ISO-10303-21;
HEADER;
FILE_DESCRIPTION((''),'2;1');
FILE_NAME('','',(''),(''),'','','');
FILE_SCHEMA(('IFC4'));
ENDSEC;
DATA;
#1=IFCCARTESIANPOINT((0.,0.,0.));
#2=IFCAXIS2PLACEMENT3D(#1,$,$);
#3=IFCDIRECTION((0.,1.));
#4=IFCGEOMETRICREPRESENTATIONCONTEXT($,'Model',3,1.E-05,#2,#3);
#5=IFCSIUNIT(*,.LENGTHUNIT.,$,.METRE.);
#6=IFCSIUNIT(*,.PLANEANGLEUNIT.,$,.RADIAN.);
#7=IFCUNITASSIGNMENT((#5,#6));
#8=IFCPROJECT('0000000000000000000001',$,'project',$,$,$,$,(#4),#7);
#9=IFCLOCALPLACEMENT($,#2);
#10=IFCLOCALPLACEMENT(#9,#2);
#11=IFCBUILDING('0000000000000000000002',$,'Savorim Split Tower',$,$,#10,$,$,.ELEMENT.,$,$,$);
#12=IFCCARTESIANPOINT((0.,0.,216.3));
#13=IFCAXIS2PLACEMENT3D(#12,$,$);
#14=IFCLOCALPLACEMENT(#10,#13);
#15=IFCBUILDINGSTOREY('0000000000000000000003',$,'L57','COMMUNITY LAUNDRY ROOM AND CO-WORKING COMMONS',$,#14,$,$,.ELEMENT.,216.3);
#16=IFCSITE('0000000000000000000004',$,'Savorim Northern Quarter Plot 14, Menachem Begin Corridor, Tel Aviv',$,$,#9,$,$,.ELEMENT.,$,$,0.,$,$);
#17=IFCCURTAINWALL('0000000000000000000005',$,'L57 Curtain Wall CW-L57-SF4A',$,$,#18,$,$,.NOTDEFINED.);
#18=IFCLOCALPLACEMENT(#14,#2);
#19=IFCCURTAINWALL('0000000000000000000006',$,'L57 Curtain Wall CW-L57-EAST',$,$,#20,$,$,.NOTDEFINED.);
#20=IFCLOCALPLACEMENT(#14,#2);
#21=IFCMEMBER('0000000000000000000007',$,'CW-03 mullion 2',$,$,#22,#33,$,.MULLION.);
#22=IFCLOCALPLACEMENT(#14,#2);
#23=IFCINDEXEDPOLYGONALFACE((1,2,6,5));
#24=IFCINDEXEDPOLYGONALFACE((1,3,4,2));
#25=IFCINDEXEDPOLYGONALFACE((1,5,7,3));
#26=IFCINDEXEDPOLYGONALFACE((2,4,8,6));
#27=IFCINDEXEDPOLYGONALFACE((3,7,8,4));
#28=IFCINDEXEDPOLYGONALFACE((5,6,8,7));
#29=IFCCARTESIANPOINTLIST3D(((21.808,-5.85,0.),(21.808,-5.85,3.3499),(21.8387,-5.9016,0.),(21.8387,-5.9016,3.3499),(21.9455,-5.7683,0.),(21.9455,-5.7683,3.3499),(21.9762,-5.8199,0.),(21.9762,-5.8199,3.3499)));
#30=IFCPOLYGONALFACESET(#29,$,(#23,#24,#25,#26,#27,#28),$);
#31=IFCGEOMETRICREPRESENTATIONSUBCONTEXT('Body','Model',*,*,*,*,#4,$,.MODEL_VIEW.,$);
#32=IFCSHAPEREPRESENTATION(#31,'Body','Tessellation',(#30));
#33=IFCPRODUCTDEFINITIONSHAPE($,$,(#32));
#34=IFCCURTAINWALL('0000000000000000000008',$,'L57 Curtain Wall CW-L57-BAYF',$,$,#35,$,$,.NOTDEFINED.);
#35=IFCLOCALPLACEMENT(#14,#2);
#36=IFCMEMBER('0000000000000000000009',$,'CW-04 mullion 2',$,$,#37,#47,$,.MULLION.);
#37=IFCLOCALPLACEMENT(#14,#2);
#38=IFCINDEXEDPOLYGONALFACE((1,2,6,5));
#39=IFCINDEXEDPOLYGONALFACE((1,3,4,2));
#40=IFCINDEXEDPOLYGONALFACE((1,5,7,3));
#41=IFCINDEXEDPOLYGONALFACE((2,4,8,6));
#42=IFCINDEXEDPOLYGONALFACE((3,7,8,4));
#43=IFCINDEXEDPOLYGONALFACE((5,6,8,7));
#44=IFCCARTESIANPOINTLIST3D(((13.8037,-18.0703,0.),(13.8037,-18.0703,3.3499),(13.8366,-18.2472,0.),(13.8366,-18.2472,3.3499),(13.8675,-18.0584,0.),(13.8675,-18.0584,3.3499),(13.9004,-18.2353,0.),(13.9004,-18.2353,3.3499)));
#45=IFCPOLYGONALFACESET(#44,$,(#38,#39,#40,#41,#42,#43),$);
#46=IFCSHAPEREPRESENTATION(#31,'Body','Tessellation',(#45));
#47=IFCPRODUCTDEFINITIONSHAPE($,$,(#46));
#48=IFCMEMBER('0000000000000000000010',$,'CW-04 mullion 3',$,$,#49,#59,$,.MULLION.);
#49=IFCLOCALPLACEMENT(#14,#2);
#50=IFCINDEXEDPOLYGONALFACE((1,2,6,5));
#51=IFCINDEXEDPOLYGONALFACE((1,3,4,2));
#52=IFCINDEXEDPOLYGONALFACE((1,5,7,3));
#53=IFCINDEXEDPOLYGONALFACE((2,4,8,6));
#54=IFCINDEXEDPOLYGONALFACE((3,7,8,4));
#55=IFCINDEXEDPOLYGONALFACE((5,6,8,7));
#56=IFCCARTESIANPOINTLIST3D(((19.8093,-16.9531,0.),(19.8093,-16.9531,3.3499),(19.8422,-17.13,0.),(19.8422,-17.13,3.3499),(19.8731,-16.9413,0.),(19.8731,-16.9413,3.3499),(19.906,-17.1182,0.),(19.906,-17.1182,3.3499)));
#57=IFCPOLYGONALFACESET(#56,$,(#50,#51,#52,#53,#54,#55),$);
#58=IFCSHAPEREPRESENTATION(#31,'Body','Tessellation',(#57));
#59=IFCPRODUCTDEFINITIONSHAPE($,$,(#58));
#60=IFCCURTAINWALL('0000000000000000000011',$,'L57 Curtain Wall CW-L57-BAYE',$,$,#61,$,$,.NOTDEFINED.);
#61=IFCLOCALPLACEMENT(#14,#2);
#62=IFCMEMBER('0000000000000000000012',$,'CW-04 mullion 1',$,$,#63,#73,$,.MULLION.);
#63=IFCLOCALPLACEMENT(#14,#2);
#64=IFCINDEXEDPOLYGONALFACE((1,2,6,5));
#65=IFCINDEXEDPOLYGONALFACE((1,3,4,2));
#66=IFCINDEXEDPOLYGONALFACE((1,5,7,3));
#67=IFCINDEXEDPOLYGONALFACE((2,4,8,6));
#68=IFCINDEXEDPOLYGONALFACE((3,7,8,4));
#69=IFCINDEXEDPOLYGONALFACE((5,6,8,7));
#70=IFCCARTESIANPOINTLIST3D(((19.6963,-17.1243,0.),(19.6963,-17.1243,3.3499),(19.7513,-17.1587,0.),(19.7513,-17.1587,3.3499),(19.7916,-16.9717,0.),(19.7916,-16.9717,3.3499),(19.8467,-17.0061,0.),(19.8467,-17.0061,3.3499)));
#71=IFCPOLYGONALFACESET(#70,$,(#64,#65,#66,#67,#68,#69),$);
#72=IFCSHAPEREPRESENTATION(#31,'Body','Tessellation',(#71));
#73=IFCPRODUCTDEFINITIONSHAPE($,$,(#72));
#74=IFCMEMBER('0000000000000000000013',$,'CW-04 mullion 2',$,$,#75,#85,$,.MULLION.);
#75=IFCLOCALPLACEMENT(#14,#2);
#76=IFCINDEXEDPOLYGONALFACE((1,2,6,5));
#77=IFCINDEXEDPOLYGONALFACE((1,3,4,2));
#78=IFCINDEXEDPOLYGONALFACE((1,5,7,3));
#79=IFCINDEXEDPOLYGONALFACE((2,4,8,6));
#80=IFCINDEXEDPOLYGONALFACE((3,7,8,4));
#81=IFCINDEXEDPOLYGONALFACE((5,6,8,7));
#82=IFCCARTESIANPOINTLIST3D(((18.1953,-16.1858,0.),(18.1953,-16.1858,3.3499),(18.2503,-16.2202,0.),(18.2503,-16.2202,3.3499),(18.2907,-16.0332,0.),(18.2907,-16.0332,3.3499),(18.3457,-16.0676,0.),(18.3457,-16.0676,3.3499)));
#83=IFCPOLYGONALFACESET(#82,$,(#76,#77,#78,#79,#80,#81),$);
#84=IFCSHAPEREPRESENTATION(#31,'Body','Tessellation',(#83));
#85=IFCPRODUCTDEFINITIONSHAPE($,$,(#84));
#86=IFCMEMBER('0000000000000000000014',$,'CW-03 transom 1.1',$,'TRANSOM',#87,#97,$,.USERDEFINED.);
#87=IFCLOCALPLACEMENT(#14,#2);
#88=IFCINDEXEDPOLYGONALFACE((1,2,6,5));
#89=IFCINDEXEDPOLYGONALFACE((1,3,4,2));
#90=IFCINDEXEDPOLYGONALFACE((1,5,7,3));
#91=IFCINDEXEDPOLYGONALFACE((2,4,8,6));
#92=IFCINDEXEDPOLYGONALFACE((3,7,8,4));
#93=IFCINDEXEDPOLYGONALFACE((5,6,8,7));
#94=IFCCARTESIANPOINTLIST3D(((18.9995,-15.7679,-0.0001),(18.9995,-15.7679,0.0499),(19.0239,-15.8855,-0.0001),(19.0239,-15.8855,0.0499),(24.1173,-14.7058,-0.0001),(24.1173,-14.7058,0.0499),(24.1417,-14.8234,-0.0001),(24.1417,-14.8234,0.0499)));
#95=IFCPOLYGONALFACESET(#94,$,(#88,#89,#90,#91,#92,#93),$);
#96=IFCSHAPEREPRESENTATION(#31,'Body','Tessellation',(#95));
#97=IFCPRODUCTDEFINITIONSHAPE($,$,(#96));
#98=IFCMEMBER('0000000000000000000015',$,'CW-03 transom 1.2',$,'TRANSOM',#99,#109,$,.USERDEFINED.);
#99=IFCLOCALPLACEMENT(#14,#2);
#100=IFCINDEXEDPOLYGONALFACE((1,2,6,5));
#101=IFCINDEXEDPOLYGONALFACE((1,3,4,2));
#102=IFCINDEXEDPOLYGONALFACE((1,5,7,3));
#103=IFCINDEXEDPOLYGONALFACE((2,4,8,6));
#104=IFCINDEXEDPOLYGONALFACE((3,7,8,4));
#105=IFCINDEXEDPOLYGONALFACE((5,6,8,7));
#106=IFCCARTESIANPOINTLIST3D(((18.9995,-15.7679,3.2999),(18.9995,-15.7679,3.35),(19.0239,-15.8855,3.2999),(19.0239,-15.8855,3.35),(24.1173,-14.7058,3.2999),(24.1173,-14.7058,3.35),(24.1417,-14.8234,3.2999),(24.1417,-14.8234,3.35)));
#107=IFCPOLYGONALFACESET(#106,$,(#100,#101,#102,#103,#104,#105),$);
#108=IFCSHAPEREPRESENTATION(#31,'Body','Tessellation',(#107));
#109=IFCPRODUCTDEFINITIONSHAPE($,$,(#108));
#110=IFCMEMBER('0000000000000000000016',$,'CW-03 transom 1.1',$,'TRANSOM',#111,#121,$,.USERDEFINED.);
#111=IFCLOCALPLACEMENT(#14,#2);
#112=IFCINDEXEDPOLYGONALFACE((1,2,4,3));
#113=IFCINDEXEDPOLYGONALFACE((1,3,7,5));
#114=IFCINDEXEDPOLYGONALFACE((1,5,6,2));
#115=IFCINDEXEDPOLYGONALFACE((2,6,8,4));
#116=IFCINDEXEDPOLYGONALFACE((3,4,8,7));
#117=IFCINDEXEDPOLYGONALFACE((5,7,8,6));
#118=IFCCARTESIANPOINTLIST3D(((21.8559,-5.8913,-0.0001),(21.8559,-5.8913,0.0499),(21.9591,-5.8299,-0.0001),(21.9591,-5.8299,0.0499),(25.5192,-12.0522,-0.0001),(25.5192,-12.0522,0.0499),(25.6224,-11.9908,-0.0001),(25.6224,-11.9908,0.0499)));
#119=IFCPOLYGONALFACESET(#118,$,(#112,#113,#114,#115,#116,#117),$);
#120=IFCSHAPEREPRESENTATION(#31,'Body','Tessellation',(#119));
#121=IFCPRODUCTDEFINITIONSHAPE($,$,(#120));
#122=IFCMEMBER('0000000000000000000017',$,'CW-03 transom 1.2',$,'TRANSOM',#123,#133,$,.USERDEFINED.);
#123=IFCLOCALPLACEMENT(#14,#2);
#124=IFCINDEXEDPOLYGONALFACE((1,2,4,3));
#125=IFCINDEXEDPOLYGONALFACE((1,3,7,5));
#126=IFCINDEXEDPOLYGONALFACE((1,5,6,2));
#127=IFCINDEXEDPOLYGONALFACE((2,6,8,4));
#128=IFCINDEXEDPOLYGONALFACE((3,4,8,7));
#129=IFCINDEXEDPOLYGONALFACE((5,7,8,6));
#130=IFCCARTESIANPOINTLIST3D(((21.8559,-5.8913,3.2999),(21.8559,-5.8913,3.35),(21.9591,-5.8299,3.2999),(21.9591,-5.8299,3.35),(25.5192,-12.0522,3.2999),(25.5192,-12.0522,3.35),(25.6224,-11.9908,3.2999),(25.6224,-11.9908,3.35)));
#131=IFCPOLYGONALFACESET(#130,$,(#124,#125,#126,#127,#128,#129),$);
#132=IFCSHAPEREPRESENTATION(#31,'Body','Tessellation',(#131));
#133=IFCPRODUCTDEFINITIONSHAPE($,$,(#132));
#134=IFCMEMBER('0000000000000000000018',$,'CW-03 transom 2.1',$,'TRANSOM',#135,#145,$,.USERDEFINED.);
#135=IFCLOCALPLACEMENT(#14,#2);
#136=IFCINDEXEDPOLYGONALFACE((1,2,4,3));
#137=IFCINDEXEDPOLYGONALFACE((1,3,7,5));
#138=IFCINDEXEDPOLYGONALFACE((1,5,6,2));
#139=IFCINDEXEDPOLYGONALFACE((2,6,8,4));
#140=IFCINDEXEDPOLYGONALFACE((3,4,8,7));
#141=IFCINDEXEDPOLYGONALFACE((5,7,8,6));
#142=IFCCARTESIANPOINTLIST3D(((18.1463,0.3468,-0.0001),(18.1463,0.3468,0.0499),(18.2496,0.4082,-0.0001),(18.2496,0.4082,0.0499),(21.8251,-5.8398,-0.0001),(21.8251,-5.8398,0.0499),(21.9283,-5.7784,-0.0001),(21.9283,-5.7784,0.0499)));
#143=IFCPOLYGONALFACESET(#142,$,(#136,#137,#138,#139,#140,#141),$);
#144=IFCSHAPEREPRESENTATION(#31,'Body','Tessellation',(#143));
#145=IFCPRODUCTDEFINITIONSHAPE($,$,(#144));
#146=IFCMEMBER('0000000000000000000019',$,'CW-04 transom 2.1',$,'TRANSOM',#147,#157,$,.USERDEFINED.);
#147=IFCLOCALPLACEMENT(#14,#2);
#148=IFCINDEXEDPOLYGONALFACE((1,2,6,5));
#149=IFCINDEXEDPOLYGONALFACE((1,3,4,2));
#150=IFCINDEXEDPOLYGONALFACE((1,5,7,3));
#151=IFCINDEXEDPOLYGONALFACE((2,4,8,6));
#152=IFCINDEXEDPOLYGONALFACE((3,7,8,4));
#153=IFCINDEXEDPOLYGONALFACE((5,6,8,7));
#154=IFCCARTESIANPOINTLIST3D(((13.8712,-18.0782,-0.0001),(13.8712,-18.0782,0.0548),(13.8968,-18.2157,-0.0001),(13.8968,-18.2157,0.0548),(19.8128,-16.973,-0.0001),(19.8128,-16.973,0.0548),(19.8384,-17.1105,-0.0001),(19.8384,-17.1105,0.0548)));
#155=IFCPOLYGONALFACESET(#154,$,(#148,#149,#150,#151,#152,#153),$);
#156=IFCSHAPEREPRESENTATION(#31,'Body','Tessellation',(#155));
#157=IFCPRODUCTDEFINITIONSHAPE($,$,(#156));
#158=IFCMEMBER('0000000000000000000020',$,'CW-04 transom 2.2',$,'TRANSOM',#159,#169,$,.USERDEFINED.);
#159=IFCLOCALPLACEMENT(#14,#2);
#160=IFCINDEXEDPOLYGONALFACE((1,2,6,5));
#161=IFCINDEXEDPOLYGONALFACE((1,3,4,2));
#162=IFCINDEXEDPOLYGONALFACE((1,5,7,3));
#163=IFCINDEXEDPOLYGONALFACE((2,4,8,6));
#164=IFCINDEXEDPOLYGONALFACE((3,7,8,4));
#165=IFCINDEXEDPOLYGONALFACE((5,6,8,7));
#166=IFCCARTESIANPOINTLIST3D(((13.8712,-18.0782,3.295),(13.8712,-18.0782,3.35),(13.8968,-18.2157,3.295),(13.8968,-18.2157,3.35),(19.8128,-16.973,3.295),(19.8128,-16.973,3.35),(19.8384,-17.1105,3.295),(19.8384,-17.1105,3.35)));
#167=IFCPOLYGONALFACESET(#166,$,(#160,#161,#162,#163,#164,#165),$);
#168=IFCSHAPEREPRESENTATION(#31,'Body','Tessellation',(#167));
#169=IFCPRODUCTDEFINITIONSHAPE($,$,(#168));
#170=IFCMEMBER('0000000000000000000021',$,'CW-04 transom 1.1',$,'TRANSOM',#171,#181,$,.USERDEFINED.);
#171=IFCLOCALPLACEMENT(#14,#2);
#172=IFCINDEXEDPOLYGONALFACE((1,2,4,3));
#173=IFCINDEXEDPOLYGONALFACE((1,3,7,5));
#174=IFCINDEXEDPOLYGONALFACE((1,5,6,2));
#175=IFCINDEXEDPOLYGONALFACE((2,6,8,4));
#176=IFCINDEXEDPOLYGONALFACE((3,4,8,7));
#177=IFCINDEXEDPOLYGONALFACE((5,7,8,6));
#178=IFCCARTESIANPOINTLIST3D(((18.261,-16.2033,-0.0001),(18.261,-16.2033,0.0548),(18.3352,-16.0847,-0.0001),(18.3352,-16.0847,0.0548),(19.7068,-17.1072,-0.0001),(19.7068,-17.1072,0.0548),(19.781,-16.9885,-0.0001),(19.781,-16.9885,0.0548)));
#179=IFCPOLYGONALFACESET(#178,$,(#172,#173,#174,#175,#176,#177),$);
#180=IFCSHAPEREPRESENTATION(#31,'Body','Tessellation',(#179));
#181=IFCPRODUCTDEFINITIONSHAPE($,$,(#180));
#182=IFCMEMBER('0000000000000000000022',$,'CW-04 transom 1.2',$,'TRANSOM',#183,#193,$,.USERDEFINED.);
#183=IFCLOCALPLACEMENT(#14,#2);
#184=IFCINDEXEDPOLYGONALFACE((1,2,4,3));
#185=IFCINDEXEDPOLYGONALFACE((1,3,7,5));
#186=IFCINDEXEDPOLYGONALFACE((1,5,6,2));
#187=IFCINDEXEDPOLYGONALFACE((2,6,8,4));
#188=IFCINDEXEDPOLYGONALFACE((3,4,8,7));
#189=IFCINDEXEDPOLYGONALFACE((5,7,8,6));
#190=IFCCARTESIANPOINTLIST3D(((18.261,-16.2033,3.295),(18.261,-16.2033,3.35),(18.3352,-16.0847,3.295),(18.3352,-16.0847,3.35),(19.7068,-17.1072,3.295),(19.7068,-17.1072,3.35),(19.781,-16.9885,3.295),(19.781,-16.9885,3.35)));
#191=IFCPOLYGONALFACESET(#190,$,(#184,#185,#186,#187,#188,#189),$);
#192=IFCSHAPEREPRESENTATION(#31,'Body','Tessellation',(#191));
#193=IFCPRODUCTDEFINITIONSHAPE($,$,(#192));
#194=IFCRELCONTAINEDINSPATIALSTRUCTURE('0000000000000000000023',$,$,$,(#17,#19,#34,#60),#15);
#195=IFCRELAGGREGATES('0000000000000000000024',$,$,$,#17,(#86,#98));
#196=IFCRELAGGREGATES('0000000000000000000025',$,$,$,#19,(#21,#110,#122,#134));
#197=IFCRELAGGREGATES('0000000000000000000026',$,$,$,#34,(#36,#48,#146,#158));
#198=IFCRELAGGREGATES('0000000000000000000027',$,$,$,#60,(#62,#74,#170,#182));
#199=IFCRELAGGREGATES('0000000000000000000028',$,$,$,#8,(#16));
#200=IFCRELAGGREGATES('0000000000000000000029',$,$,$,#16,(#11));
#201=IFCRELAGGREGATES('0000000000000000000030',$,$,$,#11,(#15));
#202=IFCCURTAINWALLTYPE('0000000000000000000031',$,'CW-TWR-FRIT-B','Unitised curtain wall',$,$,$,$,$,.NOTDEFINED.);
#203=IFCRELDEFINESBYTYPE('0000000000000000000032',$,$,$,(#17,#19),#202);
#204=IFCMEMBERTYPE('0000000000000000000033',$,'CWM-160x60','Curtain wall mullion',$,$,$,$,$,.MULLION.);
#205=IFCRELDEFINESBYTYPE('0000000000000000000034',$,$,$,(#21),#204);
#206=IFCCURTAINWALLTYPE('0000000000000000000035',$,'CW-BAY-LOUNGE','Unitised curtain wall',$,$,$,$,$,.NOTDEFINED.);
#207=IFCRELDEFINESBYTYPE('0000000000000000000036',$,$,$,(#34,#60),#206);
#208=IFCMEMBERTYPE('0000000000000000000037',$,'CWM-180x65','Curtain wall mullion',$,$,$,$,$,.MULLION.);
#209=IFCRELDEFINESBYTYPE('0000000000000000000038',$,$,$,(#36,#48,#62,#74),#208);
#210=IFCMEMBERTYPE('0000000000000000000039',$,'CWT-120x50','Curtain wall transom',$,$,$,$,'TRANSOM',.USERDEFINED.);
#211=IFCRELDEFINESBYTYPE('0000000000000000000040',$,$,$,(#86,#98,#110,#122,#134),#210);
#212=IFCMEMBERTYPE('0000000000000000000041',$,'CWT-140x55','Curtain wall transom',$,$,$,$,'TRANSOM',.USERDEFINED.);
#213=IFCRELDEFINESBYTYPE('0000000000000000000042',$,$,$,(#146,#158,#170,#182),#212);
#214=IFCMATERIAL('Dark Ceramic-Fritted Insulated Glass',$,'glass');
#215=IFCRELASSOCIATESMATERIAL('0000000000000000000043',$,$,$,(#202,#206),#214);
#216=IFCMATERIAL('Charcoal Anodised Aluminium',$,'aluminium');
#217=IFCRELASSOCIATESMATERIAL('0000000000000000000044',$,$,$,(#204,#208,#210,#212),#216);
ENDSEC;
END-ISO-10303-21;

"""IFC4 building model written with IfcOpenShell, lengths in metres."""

from ifc_helpers import new_model, si_unit, direction, frame, origin, origin_2d, place, context, subcontext, project, spatial, rectangle, extrude, material, material_profile, profile_set, type_object, element, aggregate, save


model = new_model("IFC4")

# Units and contexts
model_context = context("Model", 3, precision=1e-05, world=origin(), true_north=direction((0.0, 1.0)))
body_context = subcontext(model_context, "Body", "Model", "MODEL_VIEW")
ifc_project = project(units=[si_unit("LENGTHUNIT", "METRE"), si_unit("PLANEANGLEUNIT", "RADIAN")], contexts=[model_context])

# Site, building, storey
site_placement = place(None, origin())
site = spatial("IfcSite", under=ifc_project, at=site_placement, Name="Savorim Northern Quarter Plot 14, Menachem Begin Corridor, Tel Aviv", CompositionType="ELEMENT", RefElevation=0.0)
building_placement = place(site_placement, origin())
building = spatial("IfcBuilding", under=site, at=building_placement, Name="Savorim Split Tower", CompositionType="ELEMENT")
storey_placement = place(building_placement, frame((0.0, 0.0, 216.3)))
storey = spatial("IfcBuildingStorey", under=building, at=storey_placement, Name="L57", Description="COMMUNITY LAUNDRY ROOM AND CO-WORKING COMMONS", CompositionType="ELEMENT", Elevation=216.3)

# Curtain walls, members
ifc_material_1 = material(Name="Dark Ceramic-Fritted Insulated Glass", Category="glass")
curtain_wall_type_1 = type_object("IfcCurtainWallType", Name="CW-TWR-FRIT-B", Description="Unitised curtain wall", PredefinedType="NOTDEFINED", material=ifc_material_1)
curtain_wall_1_placement = place(storey_placement, origin())
curtain_wall_1 = element("IfcCurtainWall", 1, at=curtain_wall_1_placement, inside=storey, type_object=curtain_wall_type_1, Name="L57 Curtain Wall CW-L57-SF4A", PredefinedType="NOTDEFINED")
ifc_material_2 = material(Name="Charcoal Anodised Aluminium", Category="aluminium")
ifc_material_profile_1 = material_profile(ifc_material_2, rectangle(XDim=0.1599, YDim=0.0601, at=origin_2d()), Name="ALU-M 160x60")
ifc_profile_set_1 = profile_set([ifc_material_profile_1], Name="Charcoal Anodised Aluminium")
member_type_1 = type_object("IfcMemberType", Name="CWM-160x60", Description="Curtain wall mullion", PredefinedType="MULLION", material=ifc_profile_set_1)
curtain_wall_2_placement = place(storey_placement, origin())
curtain_wall_2 = element("IfcCurtainWall", 2, at=curtain_wall_2_placement, inside=storey, type_object=curtain_wall_type_1, Name="L57 Curtain Wall CW-L57-EAST", PredefinedType="NOTDEFINED")
member_1_placement = place(storey_placement, frame((21.8921, -5.835, 0.0), z_axis=(0.0, 0.0, 1.0), x_axis=(-0.859526, -0.511092, 0.0)))
member_1 = element("IfcMember", 3, at=member_1_placement, type_object=member_type_1, Name="CW-03 mullion 2", PredefinedType="MULLION", context=body_context, shape_type="SweptSolid", body=[
    extrude(rectangle(XDim=0.1599, YDim=0.0601, at=origin_2d()), origin(), (0.0, 0.0, 1.0), 3.3499),
])
curtain_wall_type_2 = type_object("IfcCurtainWallType", Name="CW-BAY-LOUNGE", Description="Unitised curtain wall", PredefinedType="NOTDEFINED", material=ifc_material_1)
curtain_wall_3_placement = place(storey_placement, origin())
curtain_wall_3 = element("IfcCurtainWall", 4, at=curtain_wall_3_placement, inside=storey, type_object=curtain_wall_type_2, Name="L57 Curtain Wall CW-L57-BAYF", PredefinedType="NOTDEFINED")
ifc_material_profile_2 = material_profile(ifc_material_2, rectangle(XDim=0.1799, YDim=0.0649, at=origin_2d()), Name="ALU-M 180x65")
ifc_profile_set_2 = profile_set([ifc_material_profile_2], Name="Charcoal Anodised Aluminium")
member_type_2 = type_object("IfcMemberType", Name="CWM-180x65", Description="Curtain wall mullion", PredefinedType="MULLION", material=ifc_profile_set_2)
member_2_placement = place(storey_placement, frame((13.8521, -18.1528, 0.0), z_axis=(0.0, 0.0, 1.0), x_axis=(-0.182878, 0.983136, 0.0)))
member_2 = element("IfcMember", 5, at=member_2_placement, type_object=member_type_2, Name="CW-04 mullion 2", PredefinedType="MULLION", context=body_context, shape_type="SweptSolid", body=[
    extrude(rectangle(XDim=0.1799, YDim=0.0649, at=origin_2d()), origin(), (0.0, 0.0, 1.0), 3.3499),
])
member_3_placement = place(storey_placement, frame((19.8577, -17.0356, 0.0), z_axis=(0.0, 0.0, 1.0), x_axis=(-0.182878, 0.983136, 0.0)))
member_3 = element("IfcMember", 6, at=member_3_placement, type_object=member_type_2, Name="CW-04 mullion 3", PredefinedType="MULLION", context=body_context, shape_type="SweptSolid", body=[
    extrude(rectangle(XDim=0.1799, YDim=0.0649, at=origin_2d()), origin(), (0.0, 0.0, 1.0), 3.3499),
])
curtain_wall_4_placement = place(storey_placement, origin())
curtain_wall_4 = element("IfcCurtainWall", 7, at=curtain_wall_4_placement, inside=storey, type_object=curtain_wall_type_2, Name="L57 Curtain Wall CW-L57-BAYE", PredefinedType="NOTDEFINED")
member_4_placement = place(storey_placement, frame((19.7715, -17.0652, 0.0), z_axis=(0.0, 0.0, 1.0), x_axis=(-0.530116, -0.847925, 0.0)))
member_4 = element("IfcMember", 8, at=member_4_placement, type_object=member_type_2, Name="CW-04 mullion 1", PredefinedType="MULLION", context=body_context, shape_type="SweptSolid", body=[
    extrude(rectangle(XDim=0.1799, YDim=0.0649, at=origin_2d()), origin(), (0.0, 0.0, 1.0), 3.3499),
])
member_5_placement = place(storey_placement, frame((18.2705, -16.1267, 0.0), z_axis=(0.0, 0.0, 1.0), x_axis=(-0.530116, -0.847925, 0.0)))
member_5 = element("IfcMember", 9, at=member_5_placement, type_object=member_type_2, Name="CW-04 mullion 2", PredefinedType="MULLION", context=body_context, shape_type="SweptSolid", body=[
    extrude(rectangle(XDim=0.1799, YDim=0.0649, at=origin_2d()), origin(), (0.0, 0.0, 1.0), 3.3499),
])

# Members
ifc_material_profile_3 = material_profile(ifc_material_2, rectangle(XDim=0.1201, YDim=0.05, at=origin_2d()), Name="ALU-T 120x50")
ifc_profile_set_3 = profile_set([ifc_material_profile_3], Name="Charcoal Anodised Aluminium")
member_type_3 = type_object("IfcMemberType", Name="CWT-120x50", Description="Curtain wall transom", ElementType="TRANSOM", PredefinedType="USERDEFINED", material=ifc_profile_set_3)
member_6_placement = place(storey_placement, frame((19.0117, -15.8267, 0.0249), z_axis=(0.979139, 0.203189, 0.0), x_axis=(-0.203189, 0.979139, 0.0)))
member_6 = element("IfcMember", 10, at=member_6_placement, type_object=member_type_3, Name="CW-03 transom 1.1", ObjectType="TRANSOM", PredefinedType="USERDEFINED", context=body_context, shape_type="SweptSolid", body=[
    extrude(rectangle(XDim=0.1201, YDim=0.05, at=origin_2d()), origin(), (0.0, 0.0, 1.0), 5.2268),
])
member_7_placement = place(storey_placement, frame((19.0117, -15.8267, 3.325), z_axis=(0.979139, 0.203189, 0.0), x_axis=(-0.203189, 0.979139, 0.0)))
member_7 = element("IfcMember", 11, at=member_7_placement, type_object=member_type_3, Name="CW-03 transom 1.2", ObjectType="TRANSOM", PredefinedType="USERDEFINED", context=body_context, shape_type="SweptSolid", body=[
    extrude(rectangle(XDim=0.1201, YDim=0.05, at=origin_2d()), origin(), (0.0, 0.0, 1.0), 5.2268),
])
member_8_placement = place(storey_placement, frame((25.5708, -12.0215, 0.0249), z_axis=(-0.511086, 0.85953, 0.0), x_axis=(-0.85953, -0.511086, 0.0)))
member_8 = element("IfcMember", 12, at=member_8_placement, type_object=member_type_3, Name="CW-03 transom 1.1", ObjectType="TRANSOM", PredefinedType="USERDEFINED", context=body_context, shape_type="SweptSolid", body=[
    extrude(rectangle(XDim=0.1201, YDim=0.05, at=origin_2d()), origin(), (0.0, 0.0, 1.0), 7.1677),
])
member_9_placement = place(storey_placement, frame((25.5708, -12.0215, 3.325), z_axis=(-0.511086, 0.85953, 0.0), x_axis=(-0.85953, -0.511086, 0.0)))
member_9 = element("IfcMember", 13, at=member_9_placement, type_object=member_type_3, Name="CW-03 transom 1.2", ObjectType="TRANSOM", PredefinedType="USERDEFINED", context=body_context, shape_type="SweptSolid", body=[
    extrude(rectangle(XDim=0.1201, YDim=0.05, at=origin_2d()), origin(), (0.0, 0.0, 1.0), 7.1677),
])
member_10_placement = place(storey_placement, frame((21.8767, -5.8091, 0.0249), z_axis=(-0.5111, 0.859521, 0.0), x_axis=(-0.859521, -0.5111, 0.0)))
member_10 = element("IfcMember", 14, at=member_10_placement, type_object=member_type_3, Name="CW-03 transom 2.1", ObjectType="TRANSOM", PredefinedType="USERDEFINED", context=body_context, shape_type="SweptSolid", body=[
    extrude(rectangle(XDim=0.1201, YDim=0.05, at=origin_2d()), origin(), (0.0, 0.0, 1.0), 7.1978),
])
ifc_material_profile_4 = material_profile(ifc_material_2, rectangle(XDim=0.1399, YDim=0.0549, at=origin_2d()), Name="ALU-T 140x55")
ifc_profile_set_4 = profile_set([ifc_material_profile_4], Name="Charcoal Anodised Aluminium")
member_type_4 = type_object("IfcMemberType", Name="CWT-140x55", Description="Curtain wall transom", ElementType="TRANSOM", PredefinedType="USERDEFINED", material=ifc_profile_set_4)
member_11_placement = place(storey_placement, frame((13.884, -18.147, 0.0273), z_axis=(0.983136, 0.182876, 0.0), x_axis=(-0.182876, 0.983136, 0.0)))
member_11 = element("IfcMember", 15, at=member_11_placement, type_object=member_type_4, Name="CW-04 transom 2.1", ObjectType="TRANSOM", PredefinedType="USERDEFINED", context=body_context, shape_type="SweptSolid", body=[
    extrude(rectangle(XDim=0.1399, YDim=0.0549, at=origin_2d()), origin(), (0.0, 0.0, 1.0), 6.0435),
])
member_12_placement = place(storey_placement, frame((13.884, -18.147, 3.3225), z_axis=(0.983136, 0.182876, 0.0), x_axis=(-0.182876, 0.983136, 0.0)))
member_12 = element("IfcMember", 16, at=member_12_placement, type_object=member_type_4, Name="CW-04 transom 2.2", ObjectType="TRANSOM", PredefinedType="USERDEFINED", context=body_context, shape_type="SweptSolid", body=[
    extrude(rectangle(XDim=0.1399, YDim=0.0549, at=origin_2d()), origin(), (0.0, 0.0, 1.0), 6.0435),
])
member_13_placement = place(storey_placement, frame((19.7439, -17.0479, 0.0273), z_axis=(-0.84795, 0.530076, 0.0), x_axis=(-0.530076, -0.84795, 0.0)))
member_13 = element("IfcMember", 17, at=member_13_placement, type_object=member_type_4, Name="CW-04 transom 1.1", ObjectType="TRANSOM", PredefinedType="USERDEFINED", context=body_context, shape_type="SweptSolid", body=[
    extrude(rectangle(XDim=0.1399, YDim=0.0549, at=origin_2d()), origin(), (0.0, 0.0, 1.0), 1.7051),
])
member_14_placement = place(storey_placement, frame((19.7439, -17.0479, 3.3225), z_axis=(-0.84795, 0.530076, 0.0), x_axis=(-0.530076, -0.84795, 0.0)))
member_14 = element("IfcMember", 18, at=member_14_placement, type_object=member_type_4, Name="CW-04 transom 1.2", ObjectType="TRANSOM", PredefinedType="USERDEFINED", context=body_context, shape_type="SweptSolid", body=[
    extrude(rectangle(XDim=0.1399, YDim=0.0549, at=origin_2d()), origin(), (0.0, 0.0, 1.0), 1.7051),
])

aggregate(curtain_wall_1, [member_6, member_7])
aggregate(curtain_wall_2, [member_1, member_8, member_9, member_10])
aggregate(curtain_wall_3, [member_2, member_3, member_11, member_12])
aggregate(curtain_wall_4, [member_4, member_5, member_13, member_14])

save(model, "model.ifc")
